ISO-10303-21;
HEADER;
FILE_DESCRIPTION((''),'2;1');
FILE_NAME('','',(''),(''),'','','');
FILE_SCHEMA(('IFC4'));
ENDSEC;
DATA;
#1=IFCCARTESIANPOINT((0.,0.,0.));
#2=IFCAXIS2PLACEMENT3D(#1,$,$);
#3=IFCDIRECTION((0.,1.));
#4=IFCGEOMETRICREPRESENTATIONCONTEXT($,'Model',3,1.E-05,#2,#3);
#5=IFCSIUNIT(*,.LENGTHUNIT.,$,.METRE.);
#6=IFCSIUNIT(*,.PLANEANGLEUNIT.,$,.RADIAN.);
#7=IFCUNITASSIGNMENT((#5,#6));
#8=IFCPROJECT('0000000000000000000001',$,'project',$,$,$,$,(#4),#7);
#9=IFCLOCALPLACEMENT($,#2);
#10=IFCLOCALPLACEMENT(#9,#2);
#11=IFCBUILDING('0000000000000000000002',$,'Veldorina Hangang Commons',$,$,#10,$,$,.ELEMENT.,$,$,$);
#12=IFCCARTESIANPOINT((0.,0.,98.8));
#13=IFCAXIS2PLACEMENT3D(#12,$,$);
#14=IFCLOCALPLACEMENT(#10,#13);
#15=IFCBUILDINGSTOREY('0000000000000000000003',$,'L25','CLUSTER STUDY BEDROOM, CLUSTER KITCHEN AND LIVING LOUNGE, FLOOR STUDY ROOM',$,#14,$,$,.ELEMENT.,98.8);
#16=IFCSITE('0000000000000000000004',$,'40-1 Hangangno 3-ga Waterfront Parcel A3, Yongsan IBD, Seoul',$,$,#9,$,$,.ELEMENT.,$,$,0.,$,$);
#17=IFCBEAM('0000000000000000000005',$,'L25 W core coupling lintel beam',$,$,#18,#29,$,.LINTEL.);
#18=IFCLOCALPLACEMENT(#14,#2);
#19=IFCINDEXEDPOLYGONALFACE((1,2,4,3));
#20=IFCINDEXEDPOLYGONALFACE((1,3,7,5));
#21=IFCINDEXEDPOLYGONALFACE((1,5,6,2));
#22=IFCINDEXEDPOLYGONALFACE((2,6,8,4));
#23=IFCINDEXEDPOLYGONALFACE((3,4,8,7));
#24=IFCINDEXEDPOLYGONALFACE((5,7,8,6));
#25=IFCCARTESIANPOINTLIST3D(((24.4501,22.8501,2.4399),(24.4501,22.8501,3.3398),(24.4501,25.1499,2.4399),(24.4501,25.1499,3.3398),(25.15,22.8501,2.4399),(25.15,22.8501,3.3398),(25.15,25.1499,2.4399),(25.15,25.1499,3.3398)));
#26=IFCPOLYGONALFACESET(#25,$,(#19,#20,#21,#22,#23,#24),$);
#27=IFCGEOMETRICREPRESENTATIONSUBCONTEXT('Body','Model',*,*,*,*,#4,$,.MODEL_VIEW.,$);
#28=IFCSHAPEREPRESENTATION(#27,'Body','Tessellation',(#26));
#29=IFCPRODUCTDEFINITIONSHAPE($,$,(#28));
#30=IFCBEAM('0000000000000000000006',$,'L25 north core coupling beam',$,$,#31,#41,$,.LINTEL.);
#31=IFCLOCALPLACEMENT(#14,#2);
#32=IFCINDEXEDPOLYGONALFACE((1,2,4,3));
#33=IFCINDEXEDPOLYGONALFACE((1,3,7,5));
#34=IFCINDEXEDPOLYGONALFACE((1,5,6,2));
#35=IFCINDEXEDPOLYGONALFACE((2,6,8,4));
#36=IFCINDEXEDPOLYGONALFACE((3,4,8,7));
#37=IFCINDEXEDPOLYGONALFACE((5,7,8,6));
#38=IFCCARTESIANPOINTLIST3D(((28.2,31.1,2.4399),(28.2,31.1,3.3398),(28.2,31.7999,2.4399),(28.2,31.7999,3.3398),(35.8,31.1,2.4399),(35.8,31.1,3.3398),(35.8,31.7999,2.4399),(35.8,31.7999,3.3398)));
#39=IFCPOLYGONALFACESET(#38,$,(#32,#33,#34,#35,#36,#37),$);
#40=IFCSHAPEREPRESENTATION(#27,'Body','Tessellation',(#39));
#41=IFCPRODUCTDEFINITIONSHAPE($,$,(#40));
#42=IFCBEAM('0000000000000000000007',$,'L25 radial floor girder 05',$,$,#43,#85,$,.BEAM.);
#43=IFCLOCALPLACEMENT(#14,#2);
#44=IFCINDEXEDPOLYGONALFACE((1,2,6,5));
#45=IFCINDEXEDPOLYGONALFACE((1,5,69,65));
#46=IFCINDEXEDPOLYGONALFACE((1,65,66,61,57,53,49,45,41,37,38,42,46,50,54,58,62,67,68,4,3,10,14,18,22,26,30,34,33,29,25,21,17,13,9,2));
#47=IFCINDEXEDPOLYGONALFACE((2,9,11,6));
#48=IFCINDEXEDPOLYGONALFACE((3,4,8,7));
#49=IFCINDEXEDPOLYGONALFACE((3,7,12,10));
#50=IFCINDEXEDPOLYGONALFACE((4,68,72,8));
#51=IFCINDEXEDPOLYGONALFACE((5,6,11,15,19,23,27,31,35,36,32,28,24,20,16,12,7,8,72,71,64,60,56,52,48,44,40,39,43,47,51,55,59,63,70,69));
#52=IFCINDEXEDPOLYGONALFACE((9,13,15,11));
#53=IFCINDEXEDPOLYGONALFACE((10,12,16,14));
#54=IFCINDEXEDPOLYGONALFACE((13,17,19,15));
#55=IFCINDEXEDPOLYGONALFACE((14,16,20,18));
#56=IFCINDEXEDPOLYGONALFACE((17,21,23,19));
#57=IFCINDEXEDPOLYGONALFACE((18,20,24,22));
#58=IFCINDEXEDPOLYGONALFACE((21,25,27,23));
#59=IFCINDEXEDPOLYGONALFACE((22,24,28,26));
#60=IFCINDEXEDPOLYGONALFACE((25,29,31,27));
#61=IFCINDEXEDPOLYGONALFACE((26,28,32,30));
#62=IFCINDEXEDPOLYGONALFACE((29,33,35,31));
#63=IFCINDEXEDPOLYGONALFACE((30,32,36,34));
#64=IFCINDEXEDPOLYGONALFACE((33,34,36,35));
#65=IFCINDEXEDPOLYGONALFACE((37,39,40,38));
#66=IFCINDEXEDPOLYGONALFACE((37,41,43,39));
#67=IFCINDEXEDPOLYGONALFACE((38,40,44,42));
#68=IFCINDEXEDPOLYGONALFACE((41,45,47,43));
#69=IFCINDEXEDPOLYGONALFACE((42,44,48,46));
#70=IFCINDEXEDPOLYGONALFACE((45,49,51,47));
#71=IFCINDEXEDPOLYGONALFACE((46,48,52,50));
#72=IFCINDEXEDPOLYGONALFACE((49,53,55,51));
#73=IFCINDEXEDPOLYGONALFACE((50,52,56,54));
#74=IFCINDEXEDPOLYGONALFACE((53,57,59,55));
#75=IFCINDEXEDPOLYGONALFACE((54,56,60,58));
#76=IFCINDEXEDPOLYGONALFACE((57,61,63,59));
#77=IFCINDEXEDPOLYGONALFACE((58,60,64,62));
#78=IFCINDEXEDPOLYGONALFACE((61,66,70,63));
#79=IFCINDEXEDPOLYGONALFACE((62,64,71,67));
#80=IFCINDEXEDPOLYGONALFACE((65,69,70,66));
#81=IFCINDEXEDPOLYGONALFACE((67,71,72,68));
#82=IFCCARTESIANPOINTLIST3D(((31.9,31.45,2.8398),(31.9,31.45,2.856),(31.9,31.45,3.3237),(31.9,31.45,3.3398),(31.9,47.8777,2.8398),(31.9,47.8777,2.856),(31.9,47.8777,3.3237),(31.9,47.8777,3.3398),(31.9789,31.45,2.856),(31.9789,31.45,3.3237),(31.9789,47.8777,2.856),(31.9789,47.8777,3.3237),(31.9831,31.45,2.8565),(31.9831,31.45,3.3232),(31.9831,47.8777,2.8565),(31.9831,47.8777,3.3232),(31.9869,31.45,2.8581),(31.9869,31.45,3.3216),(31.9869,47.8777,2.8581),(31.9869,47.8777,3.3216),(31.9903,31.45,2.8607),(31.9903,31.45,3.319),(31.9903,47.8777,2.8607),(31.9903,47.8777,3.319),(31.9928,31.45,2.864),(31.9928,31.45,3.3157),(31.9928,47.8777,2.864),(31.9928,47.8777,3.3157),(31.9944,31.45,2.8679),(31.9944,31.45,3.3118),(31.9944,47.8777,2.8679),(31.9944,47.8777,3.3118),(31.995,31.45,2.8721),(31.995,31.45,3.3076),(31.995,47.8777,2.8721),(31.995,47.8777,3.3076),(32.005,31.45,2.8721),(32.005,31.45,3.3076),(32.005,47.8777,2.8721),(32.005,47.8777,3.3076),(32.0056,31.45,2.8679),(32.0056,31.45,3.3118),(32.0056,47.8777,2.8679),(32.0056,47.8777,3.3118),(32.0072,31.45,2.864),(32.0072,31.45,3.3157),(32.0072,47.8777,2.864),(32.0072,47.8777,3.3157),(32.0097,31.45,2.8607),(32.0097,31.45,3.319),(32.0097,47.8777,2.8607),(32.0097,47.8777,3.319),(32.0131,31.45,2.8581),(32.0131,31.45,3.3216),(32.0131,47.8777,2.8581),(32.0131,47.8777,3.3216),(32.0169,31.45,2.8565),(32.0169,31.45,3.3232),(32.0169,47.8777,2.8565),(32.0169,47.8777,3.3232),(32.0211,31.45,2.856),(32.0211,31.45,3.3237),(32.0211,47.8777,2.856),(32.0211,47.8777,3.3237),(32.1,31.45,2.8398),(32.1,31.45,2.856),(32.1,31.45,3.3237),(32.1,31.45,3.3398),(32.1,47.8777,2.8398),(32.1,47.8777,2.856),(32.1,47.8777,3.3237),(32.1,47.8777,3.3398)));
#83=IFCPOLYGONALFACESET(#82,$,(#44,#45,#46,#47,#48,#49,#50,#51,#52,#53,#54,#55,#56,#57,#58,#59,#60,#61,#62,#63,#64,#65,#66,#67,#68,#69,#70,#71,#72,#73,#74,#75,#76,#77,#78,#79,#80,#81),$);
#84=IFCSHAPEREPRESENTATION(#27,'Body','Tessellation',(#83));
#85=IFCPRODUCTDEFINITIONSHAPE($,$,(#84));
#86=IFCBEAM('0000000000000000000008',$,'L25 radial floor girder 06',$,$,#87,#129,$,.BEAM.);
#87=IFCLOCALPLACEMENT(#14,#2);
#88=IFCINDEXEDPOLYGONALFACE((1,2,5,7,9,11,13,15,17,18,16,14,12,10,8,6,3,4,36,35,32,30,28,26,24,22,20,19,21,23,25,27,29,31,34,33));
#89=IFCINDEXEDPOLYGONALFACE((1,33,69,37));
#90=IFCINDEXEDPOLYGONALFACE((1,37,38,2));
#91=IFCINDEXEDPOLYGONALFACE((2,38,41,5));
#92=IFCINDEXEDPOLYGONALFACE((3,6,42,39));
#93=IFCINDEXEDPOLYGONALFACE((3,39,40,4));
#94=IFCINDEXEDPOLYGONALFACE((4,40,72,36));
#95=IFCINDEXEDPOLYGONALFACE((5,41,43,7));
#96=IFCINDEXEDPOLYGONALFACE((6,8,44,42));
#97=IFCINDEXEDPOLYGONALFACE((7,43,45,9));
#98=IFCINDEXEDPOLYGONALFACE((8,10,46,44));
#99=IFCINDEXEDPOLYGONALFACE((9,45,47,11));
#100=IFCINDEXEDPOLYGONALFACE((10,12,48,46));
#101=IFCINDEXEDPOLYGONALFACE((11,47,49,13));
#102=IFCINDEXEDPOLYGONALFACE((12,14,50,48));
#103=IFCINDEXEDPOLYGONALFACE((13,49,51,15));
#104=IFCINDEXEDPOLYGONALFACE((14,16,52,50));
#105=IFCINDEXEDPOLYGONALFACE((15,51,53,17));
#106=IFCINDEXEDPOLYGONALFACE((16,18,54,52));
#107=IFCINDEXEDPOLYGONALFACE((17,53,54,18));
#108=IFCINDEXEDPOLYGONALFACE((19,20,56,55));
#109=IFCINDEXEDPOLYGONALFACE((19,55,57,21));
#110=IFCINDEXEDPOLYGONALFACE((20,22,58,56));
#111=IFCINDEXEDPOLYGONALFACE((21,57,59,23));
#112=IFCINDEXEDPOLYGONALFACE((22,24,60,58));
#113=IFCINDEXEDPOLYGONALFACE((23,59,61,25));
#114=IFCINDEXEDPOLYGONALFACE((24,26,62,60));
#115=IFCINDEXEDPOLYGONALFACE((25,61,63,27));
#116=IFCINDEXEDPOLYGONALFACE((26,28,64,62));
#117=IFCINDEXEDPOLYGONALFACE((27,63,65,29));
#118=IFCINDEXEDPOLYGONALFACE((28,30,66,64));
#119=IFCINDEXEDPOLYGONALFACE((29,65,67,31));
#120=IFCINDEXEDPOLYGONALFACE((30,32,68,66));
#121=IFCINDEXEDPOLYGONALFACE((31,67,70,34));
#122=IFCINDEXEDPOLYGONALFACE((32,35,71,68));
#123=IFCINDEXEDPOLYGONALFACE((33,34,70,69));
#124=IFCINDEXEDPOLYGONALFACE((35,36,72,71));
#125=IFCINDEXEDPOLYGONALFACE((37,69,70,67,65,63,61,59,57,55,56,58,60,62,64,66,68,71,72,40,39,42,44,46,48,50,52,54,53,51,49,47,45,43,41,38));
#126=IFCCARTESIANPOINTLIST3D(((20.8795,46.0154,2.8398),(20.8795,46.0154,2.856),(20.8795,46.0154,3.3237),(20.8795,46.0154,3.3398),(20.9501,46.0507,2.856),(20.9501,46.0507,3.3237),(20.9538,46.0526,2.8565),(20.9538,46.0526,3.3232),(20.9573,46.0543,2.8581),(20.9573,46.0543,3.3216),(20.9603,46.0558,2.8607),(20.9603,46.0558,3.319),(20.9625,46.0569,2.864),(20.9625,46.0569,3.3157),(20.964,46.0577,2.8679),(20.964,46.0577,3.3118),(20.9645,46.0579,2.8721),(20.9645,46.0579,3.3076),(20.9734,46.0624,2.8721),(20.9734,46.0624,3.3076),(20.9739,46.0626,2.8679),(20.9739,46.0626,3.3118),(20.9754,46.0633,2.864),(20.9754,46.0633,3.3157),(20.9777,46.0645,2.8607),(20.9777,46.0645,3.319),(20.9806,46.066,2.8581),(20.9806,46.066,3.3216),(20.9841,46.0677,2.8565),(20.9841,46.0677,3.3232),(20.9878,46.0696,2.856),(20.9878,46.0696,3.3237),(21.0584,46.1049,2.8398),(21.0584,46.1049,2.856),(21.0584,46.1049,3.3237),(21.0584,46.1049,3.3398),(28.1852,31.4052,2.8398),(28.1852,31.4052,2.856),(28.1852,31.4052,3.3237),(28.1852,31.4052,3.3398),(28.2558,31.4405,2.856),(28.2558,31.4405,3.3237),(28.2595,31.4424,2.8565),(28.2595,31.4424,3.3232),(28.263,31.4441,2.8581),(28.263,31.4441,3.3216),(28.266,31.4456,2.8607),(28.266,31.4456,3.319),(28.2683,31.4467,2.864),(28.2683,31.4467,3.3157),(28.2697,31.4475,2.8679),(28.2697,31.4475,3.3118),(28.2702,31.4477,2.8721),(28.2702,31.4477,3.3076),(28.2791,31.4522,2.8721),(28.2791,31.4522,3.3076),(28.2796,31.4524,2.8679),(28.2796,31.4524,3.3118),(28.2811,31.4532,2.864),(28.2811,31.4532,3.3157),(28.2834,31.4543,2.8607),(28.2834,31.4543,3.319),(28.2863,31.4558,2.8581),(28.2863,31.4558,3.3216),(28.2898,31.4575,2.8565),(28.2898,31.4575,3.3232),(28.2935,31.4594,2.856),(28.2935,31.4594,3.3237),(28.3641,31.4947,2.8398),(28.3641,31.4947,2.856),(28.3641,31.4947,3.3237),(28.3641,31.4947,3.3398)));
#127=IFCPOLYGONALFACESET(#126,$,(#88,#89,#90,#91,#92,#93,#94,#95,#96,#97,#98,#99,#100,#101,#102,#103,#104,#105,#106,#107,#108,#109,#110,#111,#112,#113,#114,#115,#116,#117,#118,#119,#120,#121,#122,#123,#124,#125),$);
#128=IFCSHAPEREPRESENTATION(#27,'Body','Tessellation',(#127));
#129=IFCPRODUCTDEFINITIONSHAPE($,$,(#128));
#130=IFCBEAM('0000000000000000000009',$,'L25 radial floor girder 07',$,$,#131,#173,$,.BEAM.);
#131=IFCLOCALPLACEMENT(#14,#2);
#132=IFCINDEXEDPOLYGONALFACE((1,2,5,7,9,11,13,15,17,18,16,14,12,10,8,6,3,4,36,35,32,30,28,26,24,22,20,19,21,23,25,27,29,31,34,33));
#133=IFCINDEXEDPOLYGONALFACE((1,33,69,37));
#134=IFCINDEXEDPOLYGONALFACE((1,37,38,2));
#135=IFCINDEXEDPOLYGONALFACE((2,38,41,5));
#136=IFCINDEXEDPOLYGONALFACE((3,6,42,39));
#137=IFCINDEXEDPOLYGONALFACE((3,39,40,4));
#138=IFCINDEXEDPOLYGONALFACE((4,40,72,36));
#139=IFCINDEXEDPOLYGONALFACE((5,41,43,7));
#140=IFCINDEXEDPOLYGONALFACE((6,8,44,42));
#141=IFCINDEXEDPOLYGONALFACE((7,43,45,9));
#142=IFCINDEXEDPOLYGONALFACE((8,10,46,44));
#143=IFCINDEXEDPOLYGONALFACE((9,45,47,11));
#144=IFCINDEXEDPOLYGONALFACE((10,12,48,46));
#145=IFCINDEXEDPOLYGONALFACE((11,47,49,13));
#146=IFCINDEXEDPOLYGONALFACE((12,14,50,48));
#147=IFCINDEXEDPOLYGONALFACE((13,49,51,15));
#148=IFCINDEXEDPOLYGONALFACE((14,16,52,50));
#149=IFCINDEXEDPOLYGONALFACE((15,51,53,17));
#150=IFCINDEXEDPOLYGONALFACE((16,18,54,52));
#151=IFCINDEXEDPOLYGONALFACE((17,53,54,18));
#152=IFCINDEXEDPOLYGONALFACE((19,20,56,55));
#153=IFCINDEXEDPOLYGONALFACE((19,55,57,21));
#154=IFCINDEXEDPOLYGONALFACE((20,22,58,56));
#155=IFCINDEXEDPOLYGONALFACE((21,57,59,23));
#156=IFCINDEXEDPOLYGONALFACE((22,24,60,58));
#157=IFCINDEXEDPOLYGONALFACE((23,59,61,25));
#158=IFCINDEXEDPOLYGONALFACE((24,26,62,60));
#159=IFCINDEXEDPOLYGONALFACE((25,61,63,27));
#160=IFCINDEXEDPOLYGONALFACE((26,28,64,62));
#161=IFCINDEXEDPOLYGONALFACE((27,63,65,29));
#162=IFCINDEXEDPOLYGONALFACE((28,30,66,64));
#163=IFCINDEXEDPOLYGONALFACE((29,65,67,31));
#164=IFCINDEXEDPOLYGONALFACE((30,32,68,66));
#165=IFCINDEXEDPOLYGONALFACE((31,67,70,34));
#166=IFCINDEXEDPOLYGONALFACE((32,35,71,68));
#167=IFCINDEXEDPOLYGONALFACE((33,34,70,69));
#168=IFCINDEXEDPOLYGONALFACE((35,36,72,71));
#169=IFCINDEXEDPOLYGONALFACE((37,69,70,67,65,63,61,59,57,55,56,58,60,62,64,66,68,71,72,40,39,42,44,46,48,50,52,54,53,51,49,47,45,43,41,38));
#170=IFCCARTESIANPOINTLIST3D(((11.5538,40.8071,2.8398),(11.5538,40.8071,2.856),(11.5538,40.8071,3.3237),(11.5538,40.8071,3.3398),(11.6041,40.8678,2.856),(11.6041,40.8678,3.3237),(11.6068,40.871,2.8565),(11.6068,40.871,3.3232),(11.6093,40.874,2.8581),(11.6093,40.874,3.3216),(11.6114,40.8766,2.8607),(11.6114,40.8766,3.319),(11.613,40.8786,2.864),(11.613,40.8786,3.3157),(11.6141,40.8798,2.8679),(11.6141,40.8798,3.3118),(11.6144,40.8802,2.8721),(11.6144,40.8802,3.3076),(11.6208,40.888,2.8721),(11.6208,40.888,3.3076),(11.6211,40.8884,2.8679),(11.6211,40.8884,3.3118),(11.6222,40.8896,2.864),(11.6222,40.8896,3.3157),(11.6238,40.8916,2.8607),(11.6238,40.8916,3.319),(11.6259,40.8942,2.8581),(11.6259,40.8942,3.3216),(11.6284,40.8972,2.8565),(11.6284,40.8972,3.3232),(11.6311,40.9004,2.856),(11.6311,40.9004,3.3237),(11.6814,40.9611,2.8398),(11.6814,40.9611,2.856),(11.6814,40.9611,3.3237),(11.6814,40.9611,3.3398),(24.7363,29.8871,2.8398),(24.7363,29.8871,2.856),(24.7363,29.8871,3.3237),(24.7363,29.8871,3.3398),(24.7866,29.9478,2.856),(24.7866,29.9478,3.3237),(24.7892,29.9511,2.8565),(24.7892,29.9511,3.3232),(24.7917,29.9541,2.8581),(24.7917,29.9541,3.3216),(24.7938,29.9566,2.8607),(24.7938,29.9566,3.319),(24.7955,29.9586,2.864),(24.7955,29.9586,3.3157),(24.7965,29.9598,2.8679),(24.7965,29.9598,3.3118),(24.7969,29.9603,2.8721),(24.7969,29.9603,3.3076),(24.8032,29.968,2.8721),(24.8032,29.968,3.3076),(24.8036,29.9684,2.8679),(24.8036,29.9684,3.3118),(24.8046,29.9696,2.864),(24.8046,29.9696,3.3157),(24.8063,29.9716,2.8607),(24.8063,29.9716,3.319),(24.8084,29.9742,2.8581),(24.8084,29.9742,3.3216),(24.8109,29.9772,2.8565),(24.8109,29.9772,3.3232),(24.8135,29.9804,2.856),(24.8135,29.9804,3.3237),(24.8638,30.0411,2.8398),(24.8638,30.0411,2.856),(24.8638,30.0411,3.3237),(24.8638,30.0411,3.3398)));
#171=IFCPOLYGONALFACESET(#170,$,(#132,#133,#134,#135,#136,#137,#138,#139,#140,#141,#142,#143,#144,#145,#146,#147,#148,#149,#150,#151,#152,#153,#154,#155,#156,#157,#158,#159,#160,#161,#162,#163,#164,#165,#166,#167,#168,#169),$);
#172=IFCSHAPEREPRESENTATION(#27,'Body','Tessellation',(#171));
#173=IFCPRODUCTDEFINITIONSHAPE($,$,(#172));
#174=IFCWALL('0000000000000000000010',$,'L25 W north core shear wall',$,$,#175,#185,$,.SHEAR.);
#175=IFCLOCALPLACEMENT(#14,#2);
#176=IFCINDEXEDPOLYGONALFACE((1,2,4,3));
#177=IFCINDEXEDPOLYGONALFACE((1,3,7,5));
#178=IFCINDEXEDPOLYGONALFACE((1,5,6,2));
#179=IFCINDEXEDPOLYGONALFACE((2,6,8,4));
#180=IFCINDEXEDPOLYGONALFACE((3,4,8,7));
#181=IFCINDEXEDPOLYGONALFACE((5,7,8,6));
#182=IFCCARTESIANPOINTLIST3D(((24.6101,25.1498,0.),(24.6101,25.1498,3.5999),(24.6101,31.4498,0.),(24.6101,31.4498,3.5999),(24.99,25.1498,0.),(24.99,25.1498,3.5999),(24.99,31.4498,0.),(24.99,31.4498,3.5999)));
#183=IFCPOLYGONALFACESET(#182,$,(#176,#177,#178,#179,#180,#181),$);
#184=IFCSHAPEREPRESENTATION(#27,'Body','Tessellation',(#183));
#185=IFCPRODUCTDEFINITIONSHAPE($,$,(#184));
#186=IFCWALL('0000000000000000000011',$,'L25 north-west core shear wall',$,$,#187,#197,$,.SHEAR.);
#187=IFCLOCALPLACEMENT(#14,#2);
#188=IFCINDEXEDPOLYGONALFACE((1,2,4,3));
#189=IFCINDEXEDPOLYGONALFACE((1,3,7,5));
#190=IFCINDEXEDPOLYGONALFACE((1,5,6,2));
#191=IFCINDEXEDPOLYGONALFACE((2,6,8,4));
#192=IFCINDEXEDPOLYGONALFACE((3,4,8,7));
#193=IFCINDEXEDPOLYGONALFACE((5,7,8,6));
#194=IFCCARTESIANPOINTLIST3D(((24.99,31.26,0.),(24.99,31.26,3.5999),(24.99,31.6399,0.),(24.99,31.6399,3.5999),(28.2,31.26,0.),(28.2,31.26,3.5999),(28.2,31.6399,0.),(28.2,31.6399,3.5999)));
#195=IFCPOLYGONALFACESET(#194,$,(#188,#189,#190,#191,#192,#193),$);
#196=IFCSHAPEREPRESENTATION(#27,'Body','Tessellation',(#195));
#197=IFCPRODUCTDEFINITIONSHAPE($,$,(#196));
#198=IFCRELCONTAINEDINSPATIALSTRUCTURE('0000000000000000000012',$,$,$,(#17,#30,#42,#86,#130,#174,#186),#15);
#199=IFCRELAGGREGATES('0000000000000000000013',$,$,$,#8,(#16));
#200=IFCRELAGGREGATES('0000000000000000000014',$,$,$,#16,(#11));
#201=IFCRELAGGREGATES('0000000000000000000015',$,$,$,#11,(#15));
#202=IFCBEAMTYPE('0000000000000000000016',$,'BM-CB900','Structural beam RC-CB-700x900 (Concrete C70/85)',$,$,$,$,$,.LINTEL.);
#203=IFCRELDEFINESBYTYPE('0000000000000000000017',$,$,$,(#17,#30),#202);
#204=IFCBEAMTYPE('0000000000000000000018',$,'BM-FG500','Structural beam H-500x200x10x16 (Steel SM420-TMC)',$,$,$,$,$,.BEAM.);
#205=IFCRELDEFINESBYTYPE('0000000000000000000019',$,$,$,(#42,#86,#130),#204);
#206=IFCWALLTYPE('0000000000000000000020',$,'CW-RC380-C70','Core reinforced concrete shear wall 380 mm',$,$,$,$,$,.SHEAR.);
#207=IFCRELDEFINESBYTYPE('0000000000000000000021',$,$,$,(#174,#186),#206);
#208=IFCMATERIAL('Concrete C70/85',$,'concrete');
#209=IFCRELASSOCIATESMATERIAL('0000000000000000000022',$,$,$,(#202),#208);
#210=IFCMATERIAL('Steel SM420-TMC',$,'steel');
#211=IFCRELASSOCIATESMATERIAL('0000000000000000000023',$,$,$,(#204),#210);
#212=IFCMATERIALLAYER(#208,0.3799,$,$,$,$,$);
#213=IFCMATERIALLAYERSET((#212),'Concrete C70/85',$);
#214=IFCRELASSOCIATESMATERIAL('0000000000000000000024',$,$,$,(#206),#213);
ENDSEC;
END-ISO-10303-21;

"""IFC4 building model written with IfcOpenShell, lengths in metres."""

from ifc_helpers import new_model, si_unit, direction, frame, frame_2d, origin, origin_2d, place, context, subcontext, project, spatial, rectangle, i_section, extrude, material, layer, layer_set, material_profile, profile_set, type_object, element, save


model = new_model("IFC4")

# Units and contexts
model_context = context("Model", 3, precision=1e-05, world=origin(), true_north=direction((0.0, 1.0)))
body_context = subcontext(model_context, "Body", "Model", "MODEL_VIEW")
ifc_project = project(units=[si_unit("LENGTHUNIT", "METRE"), si_unit("PLANEANGLEUNIT", "RADIAN")], contexts=[model_context])

# Site, building, storey
site_placement = place(None, origin())
site = spatial("IfcSite", under=ifc_project, at=site_placement, Name="40-1 Hangangno 3-ga Waterfront Parcel A3, Yongsan IBD, Seoul", CompositionType="ELEMENT", RefElevation=0.0)
building_placement = place(site_placement, origin())
building = spatial("IfcBuilding", under=site, at=building_placement, Name="Veldorina Hangang Commons", CompositionType="ELEMENT")
storey_placement = place(building_placement, frame((0.0, 0.0, 98.8)))
storey = spatial("IfcBuildingStorey", under=building, at=storey_placement, Name="L25", Description="CLUSTER STUDY BEDROOM, CLUSTER KITCHEN AND LIVING LOUNGE, FLOOR STUDY ROOM", CompositionType="ELEMENT", Elevation=98.8)

# Beams
ifc_material_1 = material(Name="Concrete C70/85", Category="concrete")
ifc_material_profile_1 = material_profile(ifc_material_1, rectangle(XDim=0.7, YDim=0.8999, at=origin_2d()), Name="RC-CB-700x900")
ifc_profile_set_1 = profile_set([ifc_material_profile_1], Name="Concrete C70/85")
beam_type_1 = type_object("IfcBeamType", Name="BM-CB900", Description="Structural beam RC-CB-700x900 (Concrete C70/85)", PredefinedType="LINTEL", material=ifc_profile_set_1)
beam_1_placement = place(storey_placement, frame((24.8, 22.8501, 2.8899), z_axis=(0.0, 1.0, 0.0), x_axis=(-1.0, 0.0, 0.0)))
element("IfcBeam", 1, at=beam_1_placement, inside=storey, type_object=beam_type_1, Name="L25 W core coupling lintel beam", PredefinedType="LINTEL", context=body_context, shape_type="SweptSolid", body=[
    extrude(rectangle(XDim=0.7, YDim=0.8999, at=origin_2d()), origin(), (0.0, 0.0, 1.0), 2.2998),
])
beam_2_placement = place(storey_placement, frame((28.2, 31.45, 2.8899), z_axis=(1.0, 0.0, 0.0), x_axis=(0.0, 1.0, 0.0)))
element("IfcBeam", 2, at=beam_2_placement, inside=storey, type_object=beam_type_1, Name="L25 north core coupling beam", PredefinedType="LINTEL", context=body_context, shape_type="SweptSolid", body=[
    extrude(rectangle(XDim=0.7, YDim=0.8999, at=origin_2d()), origin(), (0.0, 0.0, 1.0), 7.6001),
])
ifc_material_2 = material(Name="Steel SM420-TMC", Category="steel")
ifc_material_profile_2 = material_profile(ifc_material_2, i_section(OverallWidth=0.2, OverallDepth=0.5, WebThickness=0.01, FlangeThickness=0.0161, FilletRadius=0.0161, at=origin_2d()), Name="H-500x200x10x16")
ifc_profile_set_2 = profile_set([ifc_material_profile_2], Name="Steel SM420-TMC")
beam_type_2 = type_object("IfcBeamType", Name="BM-FG500", Description="Structural beam H-500x200x10x16 (Steel SM420-TMC)", PredefinedType="BEAM", material=ifc_profile_set_2)
beam_3_placement = place(storey_placement, frame((32.0, 31.45, 3.0898), z_axis=(0.0, 1.0, 0.0), x_axis=(-1.0, 0.0, 0.0)))
element("IfcBeam", 3, at=beam_3_placement, inside=storey, type_object=beam_type_2, Name="L25 radial floor girder 05", PredefinedType="BEAM", context=body_context, shape_type="SweptSolid", body=[
    extrude(i_section(OverallWidth=0.2, OverallDepth=0.5, WebThickness=0.01, FlangeThickness=0.0161, FilletRadius=0.0161, at=origin_2d()), origin(), (0.0, 0.0, 1.0), 16.4277),
])
beam_4_placement = place(storey_placement, frame((28.2747, 31.45, 3.0898), z_axis=(-0.447243, 0.894412, 0.0), x_axis=(-0.894412, -0.447243, 0.0)))
element("IfcBeam", 4, at=beam_4_placement, inside=storey, type_object=beam_type_2, Name="L25 radial floor girder 06", PredefinedType="BEAM", context=body_context, shape_type="SweptSolid", body=[
    extrude(i_section(OverallWidth=0.2, OverallDepth=0.5, WebThickness=0.01, FlangeThickness=0.0161, FilletRadius=0.0161, at=origin_2d()), origin(), (0.0, 0.0, 1.0), 16.335),
])
beam_5_placement = place(storey_placement, frame((24.8, 29.9641, 3.0898), z_axis=(-0.770097, 0.637927, 0.0), x_axis=(-0.637927, -0.770097, 0.0)))
element("IfcBeam", 5, at=beam_5_placement, inside=storey, type_object=beam_type_2, Name="L25 radial floor girder 07", PredefinedType="BEAM", context=body_context, shape_type="SweptSolid", body=[
    extrude(i_section(OverallWidth=0.2, OverallDepth=0.5, WebThickness=0.01, FlangeThickness=0.0161, FilletRadius=0.0161, at=origin_2d()), origin(), (0.0, 0.0, 1.0), 17.1179),
])

# Walls
ifc_layer_1 = layer(ifc_material_1, 0.3799)
ifc_layer_set_1 = layer_set([ifc_layer_1], Name="Concrete C70/85")
wall_type_1 = type_object("IfcWallType", Name="CW-RC380-C70", Description="Core reinforced concrete shear wall 380 mm", PredefinedType="SHEAR", material=ifc_layer_set_1)
wall_1_placement = place(storey_placement, frame((24.8, 25.1499, 0.0), z_axis=(0.0, 0.0, 1.0), x_axis=(0.0, 1.0, 0.0)))
element("IfcWall", 6, at=wall_1_placement, inside=storey, type_object=wall_type_1, Name="L25 W north core shear wall", PredefinedType="SHEAR", context=body_context, shape_type="SweptSolid", body=[
    extrude(rectangle(XDim=6.3, YDim=0.3799, at=frame_2d((3.1499, 0.0))), origin(), (0.0, 0.0, 1.0), 3.5999),
])
wall_2_placement = place(storey_placement, frame((24.99, 31.45, 0.0), z_axis=(0.0, 0.0, 1.0), x_axis=(1.0, 0.0, 0.0)))
element("IfcWall", 7, at=wall_2_placement, inside=storey, type_object=wall_type_1, Name="L25 north-west core shear wall", PredefinedType="SHEAR", context=body_context, shape_type="SweptSolid", body=[
    extrude(rectangle(XDim=3.21, YDim=0.3799, at=frame_2d((1.605, 0.0))), origin(), (0.0, 0.0, 1.0), 3.5999),
])

save(model, "model.ifc")
